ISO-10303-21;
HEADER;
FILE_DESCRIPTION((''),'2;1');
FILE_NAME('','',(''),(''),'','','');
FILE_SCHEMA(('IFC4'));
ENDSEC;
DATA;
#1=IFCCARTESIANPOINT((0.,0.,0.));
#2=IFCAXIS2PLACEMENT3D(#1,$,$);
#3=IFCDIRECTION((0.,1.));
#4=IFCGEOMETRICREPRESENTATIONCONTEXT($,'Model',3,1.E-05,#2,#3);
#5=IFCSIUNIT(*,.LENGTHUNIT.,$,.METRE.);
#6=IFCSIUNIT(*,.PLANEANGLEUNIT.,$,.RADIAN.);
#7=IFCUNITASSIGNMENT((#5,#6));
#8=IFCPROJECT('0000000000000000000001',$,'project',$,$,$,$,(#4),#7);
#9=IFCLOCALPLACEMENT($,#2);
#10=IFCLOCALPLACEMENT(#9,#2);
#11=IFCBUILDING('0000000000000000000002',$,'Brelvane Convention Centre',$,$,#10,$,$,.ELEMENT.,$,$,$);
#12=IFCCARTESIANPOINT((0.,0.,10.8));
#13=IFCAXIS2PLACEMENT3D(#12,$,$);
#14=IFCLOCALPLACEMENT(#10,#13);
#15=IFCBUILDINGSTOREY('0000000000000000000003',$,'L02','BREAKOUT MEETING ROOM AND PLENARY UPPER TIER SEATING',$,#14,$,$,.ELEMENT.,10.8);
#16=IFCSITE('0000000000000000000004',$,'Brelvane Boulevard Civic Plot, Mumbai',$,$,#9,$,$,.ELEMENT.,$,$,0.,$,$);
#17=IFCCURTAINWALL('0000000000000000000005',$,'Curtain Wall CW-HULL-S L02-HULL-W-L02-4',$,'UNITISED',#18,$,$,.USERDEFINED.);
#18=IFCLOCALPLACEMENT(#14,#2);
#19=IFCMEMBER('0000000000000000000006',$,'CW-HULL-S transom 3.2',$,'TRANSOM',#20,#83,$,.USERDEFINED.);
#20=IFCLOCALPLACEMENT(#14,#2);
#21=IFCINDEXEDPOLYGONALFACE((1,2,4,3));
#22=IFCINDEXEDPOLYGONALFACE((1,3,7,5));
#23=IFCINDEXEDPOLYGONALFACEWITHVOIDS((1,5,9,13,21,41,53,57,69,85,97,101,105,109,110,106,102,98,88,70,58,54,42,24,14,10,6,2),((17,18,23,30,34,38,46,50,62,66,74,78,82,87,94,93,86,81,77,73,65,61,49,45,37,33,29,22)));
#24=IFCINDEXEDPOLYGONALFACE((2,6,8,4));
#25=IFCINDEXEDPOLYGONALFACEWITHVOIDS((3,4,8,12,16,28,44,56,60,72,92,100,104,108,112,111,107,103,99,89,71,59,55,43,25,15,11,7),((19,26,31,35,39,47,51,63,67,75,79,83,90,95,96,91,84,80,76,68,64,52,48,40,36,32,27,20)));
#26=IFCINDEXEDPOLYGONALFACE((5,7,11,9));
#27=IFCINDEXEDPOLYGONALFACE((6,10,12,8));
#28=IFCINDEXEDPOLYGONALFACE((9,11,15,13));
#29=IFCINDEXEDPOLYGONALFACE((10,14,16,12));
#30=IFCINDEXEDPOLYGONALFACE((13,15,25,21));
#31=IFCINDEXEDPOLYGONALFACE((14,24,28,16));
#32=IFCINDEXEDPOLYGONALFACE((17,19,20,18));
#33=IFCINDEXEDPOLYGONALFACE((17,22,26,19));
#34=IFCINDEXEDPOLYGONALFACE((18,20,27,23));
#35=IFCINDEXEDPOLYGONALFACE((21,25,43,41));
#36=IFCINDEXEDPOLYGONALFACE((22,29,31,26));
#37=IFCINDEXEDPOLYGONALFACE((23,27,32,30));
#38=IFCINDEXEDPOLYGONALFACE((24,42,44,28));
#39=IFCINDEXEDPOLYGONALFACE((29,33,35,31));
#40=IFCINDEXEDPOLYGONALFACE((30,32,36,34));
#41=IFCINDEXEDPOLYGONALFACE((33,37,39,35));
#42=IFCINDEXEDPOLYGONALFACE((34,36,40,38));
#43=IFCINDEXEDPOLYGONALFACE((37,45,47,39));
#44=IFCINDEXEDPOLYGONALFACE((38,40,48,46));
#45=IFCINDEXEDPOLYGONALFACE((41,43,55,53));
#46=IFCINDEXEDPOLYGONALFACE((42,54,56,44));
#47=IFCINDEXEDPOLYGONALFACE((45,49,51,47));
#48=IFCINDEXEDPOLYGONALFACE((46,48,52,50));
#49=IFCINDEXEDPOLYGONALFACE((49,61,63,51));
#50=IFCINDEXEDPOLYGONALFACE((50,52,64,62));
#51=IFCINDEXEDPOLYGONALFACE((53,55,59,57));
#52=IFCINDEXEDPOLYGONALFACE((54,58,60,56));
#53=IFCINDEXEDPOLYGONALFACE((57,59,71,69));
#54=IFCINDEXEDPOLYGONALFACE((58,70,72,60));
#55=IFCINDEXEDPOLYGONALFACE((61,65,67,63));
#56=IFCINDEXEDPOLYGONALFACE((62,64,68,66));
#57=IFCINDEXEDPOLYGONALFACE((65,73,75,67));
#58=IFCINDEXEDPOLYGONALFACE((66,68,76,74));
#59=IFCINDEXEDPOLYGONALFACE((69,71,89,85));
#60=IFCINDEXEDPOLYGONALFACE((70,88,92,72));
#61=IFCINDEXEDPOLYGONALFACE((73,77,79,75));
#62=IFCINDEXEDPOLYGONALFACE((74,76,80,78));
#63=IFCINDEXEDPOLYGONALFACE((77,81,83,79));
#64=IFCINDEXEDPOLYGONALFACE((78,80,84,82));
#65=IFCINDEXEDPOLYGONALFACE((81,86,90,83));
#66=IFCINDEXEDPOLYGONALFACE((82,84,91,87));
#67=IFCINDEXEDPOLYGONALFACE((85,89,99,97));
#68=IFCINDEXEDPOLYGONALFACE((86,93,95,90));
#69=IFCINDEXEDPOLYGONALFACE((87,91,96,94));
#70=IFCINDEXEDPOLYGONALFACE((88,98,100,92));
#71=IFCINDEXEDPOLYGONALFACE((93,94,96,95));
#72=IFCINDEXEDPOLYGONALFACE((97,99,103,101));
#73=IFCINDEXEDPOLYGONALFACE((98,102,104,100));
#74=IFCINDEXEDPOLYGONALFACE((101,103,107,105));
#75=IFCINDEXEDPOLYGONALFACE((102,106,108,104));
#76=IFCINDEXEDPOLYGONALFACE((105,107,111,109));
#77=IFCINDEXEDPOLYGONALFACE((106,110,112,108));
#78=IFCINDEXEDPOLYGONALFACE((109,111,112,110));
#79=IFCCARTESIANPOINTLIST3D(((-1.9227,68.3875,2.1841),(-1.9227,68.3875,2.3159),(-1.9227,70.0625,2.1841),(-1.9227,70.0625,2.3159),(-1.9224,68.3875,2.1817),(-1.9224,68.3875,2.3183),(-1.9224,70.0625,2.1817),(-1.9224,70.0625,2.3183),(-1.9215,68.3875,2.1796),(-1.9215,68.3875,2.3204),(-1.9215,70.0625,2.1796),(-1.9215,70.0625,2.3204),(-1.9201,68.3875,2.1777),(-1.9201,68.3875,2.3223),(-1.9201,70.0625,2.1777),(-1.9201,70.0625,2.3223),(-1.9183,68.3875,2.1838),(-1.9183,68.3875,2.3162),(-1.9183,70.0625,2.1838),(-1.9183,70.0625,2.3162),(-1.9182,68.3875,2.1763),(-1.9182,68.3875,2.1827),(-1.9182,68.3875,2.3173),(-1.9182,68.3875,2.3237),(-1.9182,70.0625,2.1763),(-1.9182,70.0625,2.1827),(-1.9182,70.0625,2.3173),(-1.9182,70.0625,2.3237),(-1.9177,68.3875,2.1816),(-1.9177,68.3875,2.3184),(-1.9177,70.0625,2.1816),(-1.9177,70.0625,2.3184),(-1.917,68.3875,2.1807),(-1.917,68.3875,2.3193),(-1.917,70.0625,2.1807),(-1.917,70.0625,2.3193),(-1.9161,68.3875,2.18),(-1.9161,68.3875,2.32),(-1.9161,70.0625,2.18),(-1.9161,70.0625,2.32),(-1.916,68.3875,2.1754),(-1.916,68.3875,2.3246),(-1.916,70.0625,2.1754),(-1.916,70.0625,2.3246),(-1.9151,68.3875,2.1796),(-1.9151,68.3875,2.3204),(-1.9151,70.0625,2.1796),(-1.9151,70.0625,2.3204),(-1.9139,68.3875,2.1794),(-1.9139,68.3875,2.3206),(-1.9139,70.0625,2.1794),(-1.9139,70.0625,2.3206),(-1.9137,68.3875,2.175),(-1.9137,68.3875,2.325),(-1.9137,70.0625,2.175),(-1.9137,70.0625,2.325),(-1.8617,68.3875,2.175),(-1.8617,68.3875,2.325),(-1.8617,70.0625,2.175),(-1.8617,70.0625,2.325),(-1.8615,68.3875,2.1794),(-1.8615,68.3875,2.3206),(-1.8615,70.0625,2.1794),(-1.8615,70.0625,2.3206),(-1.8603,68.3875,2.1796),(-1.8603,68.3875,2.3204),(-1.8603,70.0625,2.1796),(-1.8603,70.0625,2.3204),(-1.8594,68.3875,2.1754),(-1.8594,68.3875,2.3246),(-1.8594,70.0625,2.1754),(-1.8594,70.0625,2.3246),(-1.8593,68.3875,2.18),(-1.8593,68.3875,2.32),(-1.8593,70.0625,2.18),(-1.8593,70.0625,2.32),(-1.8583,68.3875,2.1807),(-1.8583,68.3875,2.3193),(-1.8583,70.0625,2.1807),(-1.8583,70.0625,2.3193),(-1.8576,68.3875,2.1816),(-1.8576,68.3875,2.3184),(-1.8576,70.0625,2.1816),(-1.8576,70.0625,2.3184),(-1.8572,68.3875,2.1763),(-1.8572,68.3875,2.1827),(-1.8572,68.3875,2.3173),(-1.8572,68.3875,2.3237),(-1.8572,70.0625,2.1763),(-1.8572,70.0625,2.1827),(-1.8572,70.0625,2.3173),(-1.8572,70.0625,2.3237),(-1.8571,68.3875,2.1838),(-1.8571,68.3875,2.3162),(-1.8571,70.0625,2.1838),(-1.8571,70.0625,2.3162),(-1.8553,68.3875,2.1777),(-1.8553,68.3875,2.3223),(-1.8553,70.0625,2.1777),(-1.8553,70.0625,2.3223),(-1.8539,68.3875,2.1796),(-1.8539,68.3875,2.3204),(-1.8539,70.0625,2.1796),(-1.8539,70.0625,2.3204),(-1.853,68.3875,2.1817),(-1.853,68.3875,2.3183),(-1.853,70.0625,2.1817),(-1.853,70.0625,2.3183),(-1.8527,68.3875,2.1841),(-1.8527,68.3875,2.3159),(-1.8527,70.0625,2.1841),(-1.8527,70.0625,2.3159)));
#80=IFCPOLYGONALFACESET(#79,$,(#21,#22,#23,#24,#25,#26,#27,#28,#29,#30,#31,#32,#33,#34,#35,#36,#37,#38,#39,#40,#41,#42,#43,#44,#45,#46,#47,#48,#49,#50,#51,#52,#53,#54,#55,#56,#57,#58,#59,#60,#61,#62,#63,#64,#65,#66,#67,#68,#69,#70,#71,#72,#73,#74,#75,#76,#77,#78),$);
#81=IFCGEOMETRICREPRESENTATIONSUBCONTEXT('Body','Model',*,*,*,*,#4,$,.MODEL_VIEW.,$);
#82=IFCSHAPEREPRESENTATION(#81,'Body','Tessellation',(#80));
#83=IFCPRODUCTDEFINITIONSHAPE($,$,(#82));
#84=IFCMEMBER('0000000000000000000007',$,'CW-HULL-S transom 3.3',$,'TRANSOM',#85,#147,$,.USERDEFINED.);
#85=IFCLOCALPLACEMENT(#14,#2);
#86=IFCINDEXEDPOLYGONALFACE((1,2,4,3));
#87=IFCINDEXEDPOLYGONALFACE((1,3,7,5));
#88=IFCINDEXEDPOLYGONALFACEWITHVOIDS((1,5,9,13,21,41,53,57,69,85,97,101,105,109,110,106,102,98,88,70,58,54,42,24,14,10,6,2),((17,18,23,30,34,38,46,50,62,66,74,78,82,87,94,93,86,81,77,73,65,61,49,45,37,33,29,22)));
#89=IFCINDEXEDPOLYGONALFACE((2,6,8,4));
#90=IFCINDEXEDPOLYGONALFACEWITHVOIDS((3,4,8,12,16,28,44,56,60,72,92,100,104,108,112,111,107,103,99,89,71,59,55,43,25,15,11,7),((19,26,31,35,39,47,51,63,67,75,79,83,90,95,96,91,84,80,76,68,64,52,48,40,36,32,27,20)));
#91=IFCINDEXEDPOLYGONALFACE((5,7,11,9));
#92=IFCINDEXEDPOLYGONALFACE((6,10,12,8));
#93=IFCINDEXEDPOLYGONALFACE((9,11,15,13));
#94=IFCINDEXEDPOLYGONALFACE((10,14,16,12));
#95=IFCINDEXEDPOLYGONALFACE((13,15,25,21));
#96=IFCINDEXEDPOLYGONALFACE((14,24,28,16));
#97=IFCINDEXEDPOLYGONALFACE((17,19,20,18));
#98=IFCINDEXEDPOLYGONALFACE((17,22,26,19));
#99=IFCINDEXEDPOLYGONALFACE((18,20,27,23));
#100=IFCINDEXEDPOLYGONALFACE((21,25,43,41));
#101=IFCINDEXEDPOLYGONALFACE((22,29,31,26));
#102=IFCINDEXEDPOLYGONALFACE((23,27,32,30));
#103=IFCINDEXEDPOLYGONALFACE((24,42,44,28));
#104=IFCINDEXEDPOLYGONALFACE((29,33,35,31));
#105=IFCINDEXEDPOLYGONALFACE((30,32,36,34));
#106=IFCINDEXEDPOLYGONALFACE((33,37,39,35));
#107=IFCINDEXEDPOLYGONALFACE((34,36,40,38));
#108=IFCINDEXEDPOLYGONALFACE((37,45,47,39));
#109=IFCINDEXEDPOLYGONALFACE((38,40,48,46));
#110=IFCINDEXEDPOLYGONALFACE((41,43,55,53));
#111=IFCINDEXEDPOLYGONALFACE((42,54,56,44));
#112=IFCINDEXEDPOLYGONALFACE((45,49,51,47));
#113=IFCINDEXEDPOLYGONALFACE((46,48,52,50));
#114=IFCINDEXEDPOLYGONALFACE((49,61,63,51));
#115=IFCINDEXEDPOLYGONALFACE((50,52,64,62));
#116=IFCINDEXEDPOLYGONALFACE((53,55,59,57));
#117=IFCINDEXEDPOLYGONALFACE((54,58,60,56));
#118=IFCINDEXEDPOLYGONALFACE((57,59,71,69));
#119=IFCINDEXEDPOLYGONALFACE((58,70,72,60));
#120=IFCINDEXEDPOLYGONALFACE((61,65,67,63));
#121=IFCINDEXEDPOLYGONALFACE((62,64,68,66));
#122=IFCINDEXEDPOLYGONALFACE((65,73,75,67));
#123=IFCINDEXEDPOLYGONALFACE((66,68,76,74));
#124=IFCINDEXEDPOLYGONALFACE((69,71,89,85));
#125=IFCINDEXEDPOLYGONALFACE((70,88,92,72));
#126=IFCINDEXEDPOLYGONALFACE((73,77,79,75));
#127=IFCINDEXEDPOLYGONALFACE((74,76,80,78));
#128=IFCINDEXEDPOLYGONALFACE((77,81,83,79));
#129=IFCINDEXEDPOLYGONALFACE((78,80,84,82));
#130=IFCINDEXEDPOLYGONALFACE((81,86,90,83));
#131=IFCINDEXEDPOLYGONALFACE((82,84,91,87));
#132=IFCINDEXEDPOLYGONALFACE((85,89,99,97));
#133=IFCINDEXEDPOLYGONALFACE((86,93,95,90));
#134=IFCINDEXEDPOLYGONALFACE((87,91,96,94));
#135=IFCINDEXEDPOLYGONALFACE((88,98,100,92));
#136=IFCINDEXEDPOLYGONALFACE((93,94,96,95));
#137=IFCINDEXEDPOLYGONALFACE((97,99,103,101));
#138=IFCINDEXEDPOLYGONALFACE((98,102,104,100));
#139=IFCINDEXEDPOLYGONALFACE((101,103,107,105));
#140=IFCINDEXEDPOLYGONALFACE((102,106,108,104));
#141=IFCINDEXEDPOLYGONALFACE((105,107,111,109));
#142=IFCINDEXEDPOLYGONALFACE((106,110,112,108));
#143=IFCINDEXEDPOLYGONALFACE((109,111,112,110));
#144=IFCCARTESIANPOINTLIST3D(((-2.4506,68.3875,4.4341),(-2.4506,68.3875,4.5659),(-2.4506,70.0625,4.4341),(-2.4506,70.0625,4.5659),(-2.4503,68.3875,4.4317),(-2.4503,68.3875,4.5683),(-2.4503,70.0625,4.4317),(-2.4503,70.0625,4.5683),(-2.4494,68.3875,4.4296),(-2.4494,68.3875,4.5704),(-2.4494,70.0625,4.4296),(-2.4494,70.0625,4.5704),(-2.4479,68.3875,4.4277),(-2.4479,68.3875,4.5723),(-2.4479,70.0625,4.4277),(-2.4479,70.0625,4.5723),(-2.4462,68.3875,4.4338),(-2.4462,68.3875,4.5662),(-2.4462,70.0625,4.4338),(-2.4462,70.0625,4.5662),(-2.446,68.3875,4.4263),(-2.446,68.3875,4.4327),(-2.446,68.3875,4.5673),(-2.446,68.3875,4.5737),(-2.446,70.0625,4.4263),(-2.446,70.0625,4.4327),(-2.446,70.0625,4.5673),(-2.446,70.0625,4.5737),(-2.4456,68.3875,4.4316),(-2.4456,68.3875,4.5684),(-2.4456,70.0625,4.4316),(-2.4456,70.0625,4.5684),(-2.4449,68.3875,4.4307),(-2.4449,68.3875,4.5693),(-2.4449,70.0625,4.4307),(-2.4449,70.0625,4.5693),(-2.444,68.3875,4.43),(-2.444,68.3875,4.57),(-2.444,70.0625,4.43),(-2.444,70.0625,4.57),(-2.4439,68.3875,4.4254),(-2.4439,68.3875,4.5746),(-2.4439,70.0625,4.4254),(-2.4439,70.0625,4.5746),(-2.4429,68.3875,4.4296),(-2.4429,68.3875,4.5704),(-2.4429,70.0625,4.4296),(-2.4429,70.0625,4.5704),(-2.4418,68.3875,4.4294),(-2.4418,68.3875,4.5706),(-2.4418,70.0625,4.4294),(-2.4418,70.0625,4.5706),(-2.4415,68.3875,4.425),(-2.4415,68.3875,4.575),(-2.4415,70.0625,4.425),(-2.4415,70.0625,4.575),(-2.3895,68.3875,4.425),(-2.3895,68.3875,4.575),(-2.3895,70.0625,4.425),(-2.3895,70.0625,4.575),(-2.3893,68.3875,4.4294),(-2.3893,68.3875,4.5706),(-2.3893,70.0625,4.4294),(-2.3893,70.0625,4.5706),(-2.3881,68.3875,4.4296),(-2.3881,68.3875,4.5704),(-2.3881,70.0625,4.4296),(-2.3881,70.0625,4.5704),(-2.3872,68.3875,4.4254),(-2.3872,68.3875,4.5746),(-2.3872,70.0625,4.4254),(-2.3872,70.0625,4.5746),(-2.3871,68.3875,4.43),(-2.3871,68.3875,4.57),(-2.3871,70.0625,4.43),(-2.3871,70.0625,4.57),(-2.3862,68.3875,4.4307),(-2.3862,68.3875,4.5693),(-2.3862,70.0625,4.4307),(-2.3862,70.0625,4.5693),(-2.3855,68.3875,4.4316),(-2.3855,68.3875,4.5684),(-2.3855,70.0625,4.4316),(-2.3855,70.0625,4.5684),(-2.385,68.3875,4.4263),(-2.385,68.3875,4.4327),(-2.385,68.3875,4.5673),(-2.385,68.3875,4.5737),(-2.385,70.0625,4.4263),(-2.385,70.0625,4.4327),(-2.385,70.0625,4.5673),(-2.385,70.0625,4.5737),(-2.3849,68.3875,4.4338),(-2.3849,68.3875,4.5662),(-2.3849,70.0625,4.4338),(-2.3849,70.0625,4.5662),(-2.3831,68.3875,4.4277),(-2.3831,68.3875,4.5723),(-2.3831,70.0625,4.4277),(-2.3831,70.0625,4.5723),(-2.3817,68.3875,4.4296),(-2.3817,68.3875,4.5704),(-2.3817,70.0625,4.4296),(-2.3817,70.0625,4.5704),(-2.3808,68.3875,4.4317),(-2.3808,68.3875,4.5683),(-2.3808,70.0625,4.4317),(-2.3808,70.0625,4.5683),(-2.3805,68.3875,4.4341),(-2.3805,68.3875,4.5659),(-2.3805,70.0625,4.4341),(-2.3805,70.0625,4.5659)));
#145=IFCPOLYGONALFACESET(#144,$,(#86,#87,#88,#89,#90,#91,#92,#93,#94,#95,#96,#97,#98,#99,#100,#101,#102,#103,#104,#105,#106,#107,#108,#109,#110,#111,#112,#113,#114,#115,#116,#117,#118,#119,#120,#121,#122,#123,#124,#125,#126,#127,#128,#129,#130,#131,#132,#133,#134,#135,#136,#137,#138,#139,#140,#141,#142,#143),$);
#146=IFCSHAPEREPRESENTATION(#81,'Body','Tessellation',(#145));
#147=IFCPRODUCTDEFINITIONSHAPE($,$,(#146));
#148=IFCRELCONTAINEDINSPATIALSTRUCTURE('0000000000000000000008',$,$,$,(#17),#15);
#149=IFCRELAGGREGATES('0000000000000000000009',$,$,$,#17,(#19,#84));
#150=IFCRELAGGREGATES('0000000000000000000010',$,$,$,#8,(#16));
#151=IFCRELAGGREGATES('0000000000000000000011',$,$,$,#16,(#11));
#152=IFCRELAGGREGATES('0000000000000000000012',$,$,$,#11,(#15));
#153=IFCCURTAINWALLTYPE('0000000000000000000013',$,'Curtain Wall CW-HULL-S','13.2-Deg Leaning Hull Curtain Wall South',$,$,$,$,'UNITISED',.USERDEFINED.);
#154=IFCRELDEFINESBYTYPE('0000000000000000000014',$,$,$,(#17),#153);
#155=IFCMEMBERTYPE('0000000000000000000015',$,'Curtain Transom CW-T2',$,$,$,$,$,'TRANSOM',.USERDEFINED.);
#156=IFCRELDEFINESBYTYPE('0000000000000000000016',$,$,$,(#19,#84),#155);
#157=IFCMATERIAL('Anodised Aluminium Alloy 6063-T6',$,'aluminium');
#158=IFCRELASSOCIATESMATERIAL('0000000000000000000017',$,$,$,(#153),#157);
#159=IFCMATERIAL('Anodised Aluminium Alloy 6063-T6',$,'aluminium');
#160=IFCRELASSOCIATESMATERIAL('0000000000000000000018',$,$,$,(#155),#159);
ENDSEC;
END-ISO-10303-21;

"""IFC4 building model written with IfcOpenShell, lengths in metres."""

from ifc_helpers import new_model, si_unit, direction, frame, origin, origin_2d, place, context, subcontext, project, spatial, hollow_rectangle, extrude, material, material_profile, profile_set, type_object, element, aggregate, save


model = new_model("IFC4")

# Units and contexts
model_context = context("Model", 3, precision=1e-05, world=origin(), true_north=direction((0.0, 1.0)))
body_context = subcontext(model_context, "Body", "Model", "MODEL_VIEW")
ifc_project = project(units=[si_unit("LENGTHUNIT", "METRE"), si_unit("PLANEANGLEUNIT", "RADIAN")], contexts=[model_context])

# Site, building, storey
site_placement = place(None, origin())
site = spatial("IfcSite", under=ifc_project, at=site_placement, Name="Brelvane Boulevard Civic Plot, Mumbai", CompositionType="ELEMENT", RefElevation=0.0)
building_placement = place(site_placement, origin())
building = spatial("IfcBuilding", under=site, at=building_placement, Name="Brelvane Convention Centre", CompositionType="ELEMENT")
storey_placement = place(building_placement, frame((0.0, 0.0, 10.8)))
storey = spatial("IfcBuildingStorey", under=building, at=storey_placement, Name="L02", Description="BREAKOUT MEETING ROOM AND PLENARY UPPER TIER SEATING", CompositionType="ELEMENT", Elevation=10.8)

# Shared definitions
ifc_material_1 = material(Name="Anodised Aluminium Alloy 6063-T6", Category="aluminium")
curtain_wall_type = type_object("IfcCurtainWallType", Name="Curtain Wall CW-HULL-S", Description="13.2-Deg Leaning Hull Curtain Wall South", ElementType="UNITISED", PredefinedType="USERDEFINED", material=ifc_material_1)

# Curtain wall
curtain_wall_1_placement = place(storey_placement, origin())
curtain_wall_1 = element("IfcCurtainWall", 1, at=curtain_wall_1_placement, inside=storey, type_object=curtain_wall_type, Name="Curtain Wall CW-HULL-S L02-HULL-W-L02-4", ObjectType="UNITISED", PredefinedType="USERDEFINED")

# Members
ifc_material_2 = material(Name="Anodised Aluminium Alloy 6063-T6", Category="aluminium")
ifc_material_profile_1 = material_profile(ifc_material_2, hollow_rectangle(XDim=0.0701, YDim=0.1499, WallThickness=0.0044, InnerFilletRadius=0.0044, OuterFilletRadius=0.009, at=origin_2d()), Name="ALU-T 150x70x4.5")
ifc_profile_set_1 = profile_set([ifc_material_profile_1], Name="Anodised Aluminium Alloy 6063-T6")
member_type_1 = type_object("IfcMemberType", Name="Curtain Transom CW-T2", ElementType="TRANSOM", PredefinedType="USERDEFINED", material=ifc_profile_set_1)
member_1_placement = place(storey_placement, frame((-1.8877, 68.3875, 2.25), z_axis=(0.0, 1.0, 0.0), x_axis=(-1.0, 0.0, 0.0)))
member_1 = element("IfcMember", 2, at=member_1_placement, type_object=member_type_1, Name="CW-HULL-S transom 3.2", ObjectType="TRANSOM", PredefinedType="USERDEFINED", context=body_context, shape_type="SweptSolid", body=[
    extrude(hollow_rectangle(XDim=0.0701, YDim=0.1499, WallThickness=0.0044, InnerFilletRadius=0.0044, OuterFilletRadius=0.009, at=origin_2d()), origin(), (0.0, 0.0, 1.0), 1.675),
])
member_2_placement = place(storey_placement, frame((-2.4155, 68.3875, 4.5), z_axis=(0.0, 1.0, 0.0), x_axis=(-1.0, 0.0, 0.0)))
member_2 = element("IfcMember", 3, at=member_2_placement, type_object=member_type_1, Name="CW-HULL-S transom 3.3", ObjectType="TRANSOM", PredefinedType="USERDEFINED", context=body_context, shape_type="SweptSolid", body=[
    extrude(hollow_rectangle(XDim=0.0701, YDim=0.1499, WallThickness=0.0044, InnerFilletRadius=0.0044, OuterFilletRadius=0.009, at=origin_2d()), origin(), (0.0, 0.0, 1.0), 1.675),
])

aggregate(curtain_wall_1, [member_1, member_2])

save(model, "model.ifc")
